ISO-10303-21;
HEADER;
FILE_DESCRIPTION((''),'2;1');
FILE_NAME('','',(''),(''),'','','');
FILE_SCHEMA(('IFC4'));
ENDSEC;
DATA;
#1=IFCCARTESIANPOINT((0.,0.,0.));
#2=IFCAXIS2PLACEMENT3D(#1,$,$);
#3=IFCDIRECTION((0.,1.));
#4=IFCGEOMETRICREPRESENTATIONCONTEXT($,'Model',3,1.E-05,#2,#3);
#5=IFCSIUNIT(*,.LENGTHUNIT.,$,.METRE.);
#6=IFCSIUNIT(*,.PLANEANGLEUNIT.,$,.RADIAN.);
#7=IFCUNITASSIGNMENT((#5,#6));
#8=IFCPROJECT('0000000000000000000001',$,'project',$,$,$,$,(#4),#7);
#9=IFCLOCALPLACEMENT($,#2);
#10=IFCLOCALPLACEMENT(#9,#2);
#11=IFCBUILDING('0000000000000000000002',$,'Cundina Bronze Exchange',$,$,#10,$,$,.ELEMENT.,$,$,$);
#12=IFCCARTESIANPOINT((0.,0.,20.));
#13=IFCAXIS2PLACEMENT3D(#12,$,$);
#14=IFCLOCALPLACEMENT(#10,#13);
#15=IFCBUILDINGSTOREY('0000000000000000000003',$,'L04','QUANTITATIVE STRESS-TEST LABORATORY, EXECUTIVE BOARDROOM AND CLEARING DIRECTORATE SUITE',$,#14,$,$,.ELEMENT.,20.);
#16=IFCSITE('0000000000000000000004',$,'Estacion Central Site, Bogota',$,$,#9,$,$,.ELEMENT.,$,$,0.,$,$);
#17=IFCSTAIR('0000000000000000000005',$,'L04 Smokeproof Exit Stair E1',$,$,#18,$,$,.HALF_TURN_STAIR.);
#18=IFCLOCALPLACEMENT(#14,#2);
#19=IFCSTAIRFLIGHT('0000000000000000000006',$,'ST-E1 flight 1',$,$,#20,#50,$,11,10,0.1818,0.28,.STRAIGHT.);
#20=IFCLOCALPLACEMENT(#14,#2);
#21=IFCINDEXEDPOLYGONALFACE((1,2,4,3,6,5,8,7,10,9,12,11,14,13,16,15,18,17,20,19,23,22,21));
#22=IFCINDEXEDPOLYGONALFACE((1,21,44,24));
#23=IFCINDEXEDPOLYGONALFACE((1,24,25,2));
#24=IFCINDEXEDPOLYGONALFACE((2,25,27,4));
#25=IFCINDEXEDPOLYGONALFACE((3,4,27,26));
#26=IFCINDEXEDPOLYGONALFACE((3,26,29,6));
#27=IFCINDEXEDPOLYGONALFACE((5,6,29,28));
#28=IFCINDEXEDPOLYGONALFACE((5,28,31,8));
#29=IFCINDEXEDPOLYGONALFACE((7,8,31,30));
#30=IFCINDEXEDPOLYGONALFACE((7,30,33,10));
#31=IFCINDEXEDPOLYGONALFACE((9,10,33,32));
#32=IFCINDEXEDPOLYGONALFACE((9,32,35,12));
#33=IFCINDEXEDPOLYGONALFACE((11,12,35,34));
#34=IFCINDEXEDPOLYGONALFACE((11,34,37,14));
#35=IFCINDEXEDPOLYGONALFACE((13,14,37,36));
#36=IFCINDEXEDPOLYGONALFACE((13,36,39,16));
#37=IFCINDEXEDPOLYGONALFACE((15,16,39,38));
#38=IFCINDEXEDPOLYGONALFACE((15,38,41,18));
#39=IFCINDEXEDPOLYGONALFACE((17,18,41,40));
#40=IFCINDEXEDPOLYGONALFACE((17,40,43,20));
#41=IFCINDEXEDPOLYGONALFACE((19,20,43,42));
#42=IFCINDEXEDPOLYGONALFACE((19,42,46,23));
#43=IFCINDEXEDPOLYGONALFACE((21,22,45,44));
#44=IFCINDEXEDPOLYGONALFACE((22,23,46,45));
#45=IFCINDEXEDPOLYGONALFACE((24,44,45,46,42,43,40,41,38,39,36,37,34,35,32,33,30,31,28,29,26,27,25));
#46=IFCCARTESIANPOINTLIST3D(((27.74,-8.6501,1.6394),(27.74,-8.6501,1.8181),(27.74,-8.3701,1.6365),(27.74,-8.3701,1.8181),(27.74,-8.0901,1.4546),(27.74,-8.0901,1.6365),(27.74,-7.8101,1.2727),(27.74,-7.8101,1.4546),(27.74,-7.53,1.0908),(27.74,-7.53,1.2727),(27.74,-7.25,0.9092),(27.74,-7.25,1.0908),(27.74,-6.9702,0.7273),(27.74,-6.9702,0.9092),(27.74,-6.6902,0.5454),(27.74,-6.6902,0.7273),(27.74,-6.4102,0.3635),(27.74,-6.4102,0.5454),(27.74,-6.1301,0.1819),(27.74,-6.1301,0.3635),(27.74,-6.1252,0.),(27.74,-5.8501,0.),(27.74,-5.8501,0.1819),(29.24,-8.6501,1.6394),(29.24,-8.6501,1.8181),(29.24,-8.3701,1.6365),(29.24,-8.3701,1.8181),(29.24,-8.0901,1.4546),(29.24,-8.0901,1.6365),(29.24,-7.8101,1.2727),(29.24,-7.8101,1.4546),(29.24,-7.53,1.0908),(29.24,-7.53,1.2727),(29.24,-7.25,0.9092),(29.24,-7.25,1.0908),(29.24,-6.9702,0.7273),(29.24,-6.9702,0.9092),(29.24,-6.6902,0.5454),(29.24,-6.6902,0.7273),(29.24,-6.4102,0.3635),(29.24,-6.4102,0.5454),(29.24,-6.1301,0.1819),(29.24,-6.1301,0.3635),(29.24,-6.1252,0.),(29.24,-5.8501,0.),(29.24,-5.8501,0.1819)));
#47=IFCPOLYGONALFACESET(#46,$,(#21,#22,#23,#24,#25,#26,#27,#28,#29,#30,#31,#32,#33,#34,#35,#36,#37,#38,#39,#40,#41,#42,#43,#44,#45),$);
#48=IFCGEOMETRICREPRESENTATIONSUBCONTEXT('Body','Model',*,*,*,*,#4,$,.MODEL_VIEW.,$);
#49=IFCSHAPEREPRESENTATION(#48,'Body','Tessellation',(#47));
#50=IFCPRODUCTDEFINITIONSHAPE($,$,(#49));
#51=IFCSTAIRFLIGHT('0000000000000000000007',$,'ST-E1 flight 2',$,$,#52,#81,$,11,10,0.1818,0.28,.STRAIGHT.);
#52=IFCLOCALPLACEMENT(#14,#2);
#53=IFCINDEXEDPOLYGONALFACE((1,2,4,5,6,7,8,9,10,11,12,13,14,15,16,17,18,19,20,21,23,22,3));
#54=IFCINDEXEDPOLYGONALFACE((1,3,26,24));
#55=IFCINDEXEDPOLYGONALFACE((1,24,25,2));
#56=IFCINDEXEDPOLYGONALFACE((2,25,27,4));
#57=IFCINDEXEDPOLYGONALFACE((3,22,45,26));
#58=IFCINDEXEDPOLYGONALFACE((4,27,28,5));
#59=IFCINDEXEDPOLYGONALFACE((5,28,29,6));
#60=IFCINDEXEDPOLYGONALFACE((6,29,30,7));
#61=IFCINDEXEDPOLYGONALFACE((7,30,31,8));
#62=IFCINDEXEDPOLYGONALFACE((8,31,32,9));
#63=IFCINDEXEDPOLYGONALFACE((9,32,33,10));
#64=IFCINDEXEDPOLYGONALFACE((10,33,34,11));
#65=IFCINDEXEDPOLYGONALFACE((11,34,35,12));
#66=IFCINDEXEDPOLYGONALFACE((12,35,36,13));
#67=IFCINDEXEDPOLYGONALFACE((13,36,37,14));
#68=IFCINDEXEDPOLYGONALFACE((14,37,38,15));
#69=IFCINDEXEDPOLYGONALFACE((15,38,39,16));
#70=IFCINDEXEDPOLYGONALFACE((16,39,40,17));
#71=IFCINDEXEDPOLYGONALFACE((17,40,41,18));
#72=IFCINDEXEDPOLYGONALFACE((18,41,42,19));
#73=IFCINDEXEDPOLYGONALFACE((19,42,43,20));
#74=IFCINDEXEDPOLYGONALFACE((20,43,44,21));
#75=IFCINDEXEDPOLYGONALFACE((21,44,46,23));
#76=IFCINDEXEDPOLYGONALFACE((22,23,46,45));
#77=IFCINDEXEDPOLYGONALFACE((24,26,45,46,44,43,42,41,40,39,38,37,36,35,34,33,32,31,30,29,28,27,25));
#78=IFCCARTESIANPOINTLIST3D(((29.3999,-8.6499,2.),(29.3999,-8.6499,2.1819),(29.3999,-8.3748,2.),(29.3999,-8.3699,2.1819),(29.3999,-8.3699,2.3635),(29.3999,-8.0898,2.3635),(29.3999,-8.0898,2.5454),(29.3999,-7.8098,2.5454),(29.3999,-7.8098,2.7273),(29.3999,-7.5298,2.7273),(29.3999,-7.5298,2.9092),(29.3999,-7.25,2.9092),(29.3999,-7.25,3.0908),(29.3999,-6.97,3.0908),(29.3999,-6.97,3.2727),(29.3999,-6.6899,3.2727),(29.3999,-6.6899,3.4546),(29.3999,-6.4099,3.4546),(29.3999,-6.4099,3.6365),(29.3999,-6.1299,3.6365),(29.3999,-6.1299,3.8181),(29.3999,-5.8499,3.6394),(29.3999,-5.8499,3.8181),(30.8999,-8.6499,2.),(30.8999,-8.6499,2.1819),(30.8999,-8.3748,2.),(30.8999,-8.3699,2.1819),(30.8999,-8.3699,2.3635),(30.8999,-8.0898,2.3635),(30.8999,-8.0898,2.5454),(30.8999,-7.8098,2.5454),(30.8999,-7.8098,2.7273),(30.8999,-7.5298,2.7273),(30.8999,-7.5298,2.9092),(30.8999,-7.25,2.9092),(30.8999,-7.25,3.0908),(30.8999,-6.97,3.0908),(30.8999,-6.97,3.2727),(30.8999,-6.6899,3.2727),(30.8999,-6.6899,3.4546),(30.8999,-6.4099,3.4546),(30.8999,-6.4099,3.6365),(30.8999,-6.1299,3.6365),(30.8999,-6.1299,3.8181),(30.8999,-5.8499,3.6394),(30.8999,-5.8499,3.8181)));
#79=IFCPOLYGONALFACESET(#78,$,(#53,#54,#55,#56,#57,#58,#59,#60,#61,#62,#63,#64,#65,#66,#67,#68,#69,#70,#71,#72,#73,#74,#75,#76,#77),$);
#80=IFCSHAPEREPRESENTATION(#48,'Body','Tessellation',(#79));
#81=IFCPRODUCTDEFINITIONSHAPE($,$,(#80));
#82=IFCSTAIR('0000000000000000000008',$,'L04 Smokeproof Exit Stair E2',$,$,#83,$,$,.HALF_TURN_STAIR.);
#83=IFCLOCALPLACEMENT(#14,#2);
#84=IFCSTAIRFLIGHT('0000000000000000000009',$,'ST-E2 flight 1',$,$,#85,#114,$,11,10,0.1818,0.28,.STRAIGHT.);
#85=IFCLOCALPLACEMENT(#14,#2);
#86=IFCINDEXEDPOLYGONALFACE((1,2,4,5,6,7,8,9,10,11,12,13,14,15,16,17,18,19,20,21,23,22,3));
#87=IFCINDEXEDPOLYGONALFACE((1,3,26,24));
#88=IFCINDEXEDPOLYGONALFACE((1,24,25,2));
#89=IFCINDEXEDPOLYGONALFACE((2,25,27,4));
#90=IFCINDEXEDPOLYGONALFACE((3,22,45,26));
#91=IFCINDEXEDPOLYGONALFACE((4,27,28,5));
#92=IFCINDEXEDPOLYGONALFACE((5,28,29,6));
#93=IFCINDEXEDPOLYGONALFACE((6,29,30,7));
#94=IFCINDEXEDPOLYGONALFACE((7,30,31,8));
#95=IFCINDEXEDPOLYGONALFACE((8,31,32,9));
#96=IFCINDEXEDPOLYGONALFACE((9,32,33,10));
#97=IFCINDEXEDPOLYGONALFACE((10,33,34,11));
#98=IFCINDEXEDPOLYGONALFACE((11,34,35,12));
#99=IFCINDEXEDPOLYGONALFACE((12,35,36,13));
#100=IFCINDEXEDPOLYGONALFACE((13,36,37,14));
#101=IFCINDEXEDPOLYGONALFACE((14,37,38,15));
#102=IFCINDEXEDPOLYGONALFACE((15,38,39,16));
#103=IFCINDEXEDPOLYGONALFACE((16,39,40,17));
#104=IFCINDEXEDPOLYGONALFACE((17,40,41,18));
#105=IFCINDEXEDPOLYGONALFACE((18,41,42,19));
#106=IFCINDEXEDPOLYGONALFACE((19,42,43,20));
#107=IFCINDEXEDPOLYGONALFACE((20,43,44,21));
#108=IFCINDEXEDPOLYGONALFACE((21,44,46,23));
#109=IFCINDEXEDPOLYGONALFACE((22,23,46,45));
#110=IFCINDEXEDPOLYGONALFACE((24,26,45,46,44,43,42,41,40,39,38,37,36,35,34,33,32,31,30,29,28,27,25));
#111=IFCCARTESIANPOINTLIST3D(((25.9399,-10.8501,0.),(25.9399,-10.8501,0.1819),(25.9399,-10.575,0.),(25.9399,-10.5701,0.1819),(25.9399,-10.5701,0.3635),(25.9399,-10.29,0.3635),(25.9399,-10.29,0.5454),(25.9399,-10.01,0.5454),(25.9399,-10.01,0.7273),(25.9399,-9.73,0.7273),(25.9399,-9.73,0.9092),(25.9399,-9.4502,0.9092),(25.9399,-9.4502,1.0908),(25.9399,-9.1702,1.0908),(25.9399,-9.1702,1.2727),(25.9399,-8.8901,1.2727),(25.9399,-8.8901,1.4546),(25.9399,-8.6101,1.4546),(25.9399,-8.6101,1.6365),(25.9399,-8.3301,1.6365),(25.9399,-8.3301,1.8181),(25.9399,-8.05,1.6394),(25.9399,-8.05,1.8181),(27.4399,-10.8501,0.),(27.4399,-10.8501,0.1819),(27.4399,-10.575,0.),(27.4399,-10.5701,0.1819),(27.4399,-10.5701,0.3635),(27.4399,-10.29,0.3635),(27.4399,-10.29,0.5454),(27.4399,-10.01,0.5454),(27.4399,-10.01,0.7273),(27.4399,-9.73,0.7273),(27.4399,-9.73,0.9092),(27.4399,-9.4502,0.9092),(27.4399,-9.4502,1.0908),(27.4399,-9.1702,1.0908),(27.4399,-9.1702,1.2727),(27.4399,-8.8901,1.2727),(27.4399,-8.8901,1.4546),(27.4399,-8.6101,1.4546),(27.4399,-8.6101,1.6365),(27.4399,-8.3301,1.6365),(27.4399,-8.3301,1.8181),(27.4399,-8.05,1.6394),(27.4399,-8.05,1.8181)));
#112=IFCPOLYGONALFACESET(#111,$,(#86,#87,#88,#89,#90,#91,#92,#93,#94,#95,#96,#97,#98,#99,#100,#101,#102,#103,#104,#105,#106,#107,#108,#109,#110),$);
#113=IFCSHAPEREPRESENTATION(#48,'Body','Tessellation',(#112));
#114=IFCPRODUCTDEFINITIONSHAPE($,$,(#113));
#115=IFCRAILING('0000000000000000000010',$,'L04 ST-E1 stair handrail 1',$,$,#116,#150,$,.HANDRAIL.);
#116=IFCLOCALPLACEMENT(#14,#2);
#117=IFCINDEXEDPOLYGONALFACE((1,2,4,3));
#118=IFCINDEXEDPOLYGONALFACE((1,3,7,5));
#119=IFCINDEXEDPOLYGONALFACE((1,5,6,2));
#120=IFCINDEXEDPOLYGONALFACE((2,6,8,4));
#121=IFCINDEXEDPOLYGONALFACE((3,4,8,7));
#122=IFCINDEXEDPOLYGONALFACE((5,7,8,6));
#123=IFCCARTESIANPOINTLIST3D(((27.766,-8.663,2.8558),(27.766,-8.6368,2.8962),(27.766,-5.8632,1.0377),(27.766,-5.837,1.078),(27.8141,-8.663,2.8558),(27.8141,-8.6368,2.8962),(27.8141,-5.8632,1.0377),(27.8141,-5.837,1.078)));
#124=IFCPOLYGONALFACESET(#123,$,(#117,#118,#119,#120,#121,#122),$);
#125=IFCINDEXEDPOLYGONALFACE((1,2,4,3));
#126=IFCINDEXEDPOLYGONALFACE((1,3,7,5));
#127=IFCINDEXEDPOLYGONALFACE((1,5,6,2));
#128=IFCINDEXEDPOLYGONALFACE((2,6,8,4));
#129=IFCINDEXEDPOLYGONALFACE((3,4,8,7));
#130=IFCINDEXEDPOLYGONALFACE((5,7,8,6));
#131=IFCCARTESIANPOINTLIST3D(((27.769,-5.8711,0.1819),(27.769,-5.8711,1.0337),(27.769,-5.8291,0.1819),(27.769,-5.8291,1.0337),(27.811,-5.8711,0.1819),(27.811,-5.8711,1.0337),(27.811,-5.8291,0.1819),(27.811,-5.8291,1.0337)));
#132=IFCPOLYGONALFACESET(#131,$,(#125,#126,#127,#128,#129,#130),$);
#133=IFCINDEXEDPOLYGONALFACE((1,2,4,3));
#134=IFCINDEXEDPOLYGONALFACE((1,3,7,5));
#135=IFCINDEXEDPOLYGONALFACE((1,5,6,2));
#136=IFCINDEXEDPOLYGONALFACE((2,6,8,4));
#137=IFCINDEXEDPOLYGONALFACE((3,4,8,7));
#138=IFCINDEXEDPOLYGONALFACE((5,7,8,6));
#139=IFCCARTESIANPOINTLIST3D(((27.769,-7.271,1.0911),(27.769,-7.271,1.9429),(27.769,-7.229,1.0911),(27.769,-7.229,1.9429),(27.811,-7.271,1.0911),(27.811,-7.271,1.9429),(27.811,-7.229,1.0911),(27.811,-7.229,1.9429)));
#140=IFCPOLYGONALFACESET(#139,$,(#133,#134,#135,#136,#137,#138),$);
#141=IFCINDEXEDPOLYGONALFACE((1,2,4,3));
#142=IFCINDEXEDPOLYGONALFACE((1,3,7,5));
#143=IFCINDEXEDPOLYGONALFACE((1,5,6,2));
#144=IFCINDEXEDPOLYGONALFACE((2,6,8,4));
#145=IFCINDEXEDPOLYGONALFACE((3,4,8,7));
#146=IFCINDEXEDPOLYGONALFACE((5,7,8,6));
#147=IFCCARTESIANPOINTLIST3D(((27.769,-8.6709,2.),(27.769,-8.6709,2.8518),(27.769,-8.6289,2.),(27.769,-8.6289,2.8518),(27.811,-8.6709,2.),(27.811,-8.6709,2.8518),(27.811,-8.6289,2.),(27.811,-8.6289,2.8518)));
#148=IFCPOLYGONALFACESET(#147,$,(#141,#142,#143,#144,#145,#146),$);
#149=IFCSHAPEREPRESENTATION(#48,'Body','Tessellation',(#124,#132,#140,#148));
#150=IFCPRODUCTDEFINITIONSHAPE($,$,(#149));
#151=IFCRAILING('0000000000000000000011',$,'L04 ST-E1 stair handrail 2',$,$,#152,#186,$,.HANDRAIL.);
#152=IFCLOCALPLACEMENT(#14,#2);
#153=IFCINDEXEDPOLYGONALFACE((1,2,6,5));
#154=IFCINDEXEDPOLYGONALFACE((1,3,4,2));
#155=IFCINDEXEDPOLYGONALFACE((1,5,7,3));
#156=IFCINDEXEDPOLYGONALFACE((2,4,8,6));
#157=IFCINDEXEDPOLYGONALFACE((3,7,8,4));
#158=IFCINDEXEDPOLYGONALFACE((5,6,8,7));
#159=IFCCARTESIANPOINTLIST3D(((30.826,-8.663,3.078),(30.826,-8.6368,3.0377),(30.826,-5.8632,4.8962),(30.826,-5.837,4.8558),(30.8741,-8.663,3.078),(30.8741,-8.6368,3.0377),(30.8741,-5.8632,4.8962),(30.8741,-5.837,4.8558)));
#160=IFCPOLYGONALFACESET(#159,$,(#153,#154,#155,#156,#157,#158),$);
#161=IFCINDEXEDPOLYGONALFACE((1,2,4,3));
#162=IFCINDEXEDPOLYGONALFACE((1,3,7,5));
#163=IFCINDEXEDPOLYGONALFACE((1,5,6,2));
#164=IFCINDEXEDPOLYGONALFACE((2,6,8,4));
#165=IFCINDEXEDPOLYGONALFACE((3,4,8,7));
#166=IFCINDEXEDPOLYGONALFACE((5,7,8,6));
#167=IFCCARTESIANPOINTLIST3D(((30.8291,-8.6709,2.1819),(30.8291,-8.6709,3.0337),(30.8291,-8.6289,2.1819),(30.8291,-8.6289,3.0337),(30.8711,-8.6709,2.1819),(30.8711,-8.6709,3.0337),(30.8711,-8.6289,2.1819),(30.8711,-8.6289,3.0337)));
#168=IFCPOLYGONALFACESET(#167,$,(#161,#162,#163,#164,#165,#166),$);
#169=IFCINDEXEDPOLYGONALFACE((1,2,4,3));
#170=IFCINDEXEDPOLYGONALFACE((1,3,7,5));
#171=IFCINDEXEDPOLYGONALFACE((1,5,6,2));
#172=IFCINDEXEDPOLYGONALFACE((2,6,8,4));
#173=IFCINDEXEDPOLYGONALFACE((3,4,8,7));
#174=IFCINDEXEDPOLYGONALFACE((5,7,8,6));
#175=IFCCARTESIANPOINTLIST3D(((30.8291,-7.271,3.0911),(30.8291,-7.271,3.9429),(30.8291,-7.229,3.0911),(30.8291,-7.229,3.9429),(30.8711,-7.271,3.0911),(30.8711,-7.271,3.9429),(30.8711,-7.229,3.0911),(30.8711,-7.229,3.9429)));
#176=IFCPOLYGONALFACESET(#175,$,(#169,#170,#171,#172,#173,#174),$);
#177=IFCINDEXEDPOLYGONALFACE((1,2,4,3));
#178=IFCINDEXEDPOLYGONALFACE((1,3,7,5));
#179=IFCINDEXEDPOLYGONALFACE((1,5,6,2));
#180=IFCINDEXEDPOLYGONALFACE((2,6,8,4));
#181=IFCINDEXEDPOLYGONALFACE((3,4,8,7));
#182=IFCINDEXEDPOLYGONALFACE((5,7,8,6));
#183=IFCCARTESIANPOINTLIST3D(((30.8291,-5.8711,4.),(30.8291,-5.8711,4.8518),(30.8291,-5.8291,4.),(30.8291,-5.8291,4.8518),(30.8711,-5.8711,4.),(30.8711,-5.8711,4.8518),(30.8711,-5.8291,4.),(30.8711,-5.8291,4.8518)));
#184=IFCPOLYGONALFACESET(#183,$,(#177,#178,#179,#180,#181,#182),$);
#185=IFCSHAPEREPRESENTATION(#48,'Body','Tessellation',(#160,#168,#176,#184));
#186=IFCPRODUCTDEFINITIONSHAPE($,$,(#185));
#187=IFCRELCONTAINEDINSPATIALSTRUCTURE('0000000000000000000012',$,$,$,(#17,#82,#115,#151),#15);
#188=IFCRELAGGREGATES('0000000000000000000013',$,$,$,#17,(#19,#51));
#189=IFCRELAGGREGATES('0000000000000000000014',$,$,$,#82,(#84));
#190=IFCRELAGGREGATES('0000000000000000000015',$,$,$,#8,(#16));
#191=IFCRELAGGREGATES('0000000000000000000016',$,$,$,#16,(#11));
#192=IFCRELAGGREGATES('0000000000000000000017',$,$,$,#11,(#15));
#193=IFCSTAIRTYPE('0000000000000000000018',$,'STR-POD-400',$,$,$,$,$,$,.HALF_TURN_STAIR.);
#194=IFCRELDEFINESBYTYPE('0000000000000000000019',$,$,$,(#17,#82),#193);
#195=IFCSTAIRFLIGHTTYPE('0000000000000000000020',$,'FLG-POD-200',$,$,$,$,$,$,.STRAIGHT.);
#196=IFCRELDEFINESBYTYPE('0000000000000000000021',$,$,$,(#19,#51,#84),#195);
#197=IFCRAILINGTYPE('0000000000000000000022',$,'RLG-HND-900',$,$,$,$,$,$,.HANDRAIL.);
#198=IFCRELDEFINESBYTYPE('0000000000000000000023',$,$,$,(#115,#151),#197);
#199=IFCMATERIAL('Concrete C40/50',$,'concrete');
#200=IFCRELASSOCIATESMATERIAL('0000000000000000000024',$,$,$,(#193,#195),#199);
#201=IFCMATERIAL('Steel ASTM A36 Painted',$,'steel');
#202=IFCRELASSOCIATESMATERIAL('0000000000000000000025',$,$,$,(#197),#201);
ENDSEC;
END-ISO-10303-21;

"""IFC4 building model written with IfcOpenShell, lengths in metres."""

from ifc_helpers import new_model, si_unit, direction, frame, origin, origin_2d, place, context, subcontext, project, spatial, polyline, rectangle, outline, extrude, material, type_object, element, aggregate, save


model = new_model("IFC4")

# Units and contexts
model_context = context("Model", 3, precision=1e-05, world=origin(), true_north=direction((0.0, 1.0)))
body_context = subcontext(model_context, "Body", "Model", "MODEL_VIEW")
ifc_project = project(units=[si_unit("LENGTHUNIT", "METRE"), si_unit("PLANEANGLEUNIT", "RADIAN")], contexts=[model_context])

# Site, building, storey
site_placement = place(None, origin())
site = spatial("IfcSite", under=ifc_project, at=site_placement, Name="Estacion Central Site, Bogota", CompositionType="ELEMENT", RefElevation=0.0)
building_placement = place(site_placement, origin())
building = spatial("IfcBuilding", under=site, at=building_placement, Name="Cundina Bronze Exchange", CompositionType="ELEMENT")
storey_placement = place(building_placement, frame((0.0, 0.0, 20.0)))
storey = spatial("IfcBuildingStorey", under=building, at=storey_placement, Name="L04", Description="QUANTITATIVE STRESS-TEST LABORATORY, EXECUTIVE BOARDROOM AND CLEARING DIRECTORATE SUITE", CompositionType="ELEMENT", Elevation=20.0)

# Shared definitions
ifc_material_1 = material(Name="Concrete C40/50", Category="concrete")

# Shared definitions
ifc_material_2 = material(Name="Steel ASTM A36 Painted", Category="steel")

# Stair, stair flights
stair_type = type_object("IfcStairType", Name="STR-POD-400", PredefinedType="HALF_TURN_STAIR", material=ifc_material_1)
stair_1_placement = place(storey_placement, origin())
stair_1 = element("IfcStair", 1, at=stair_1_placement, inside=storey, type_object=stair_type, Name="L04 Smokeproof Exit Stair E1", PredefinedType="HALF_TURN_STAIR")
stair_flight_type = type_object("IfcStairFlightType", Name="FLG-POD-200", PredefinedType="STRAIGHT", material=ifc_material_1)
stair_flight_1_placement = place(storey_placement, frame((28.49, -5.8501, 0.0), z_axis=(0.0, 0.0, 1.0), x_axis=(0.0, -1.0, 0.0)))
stair_flight_1 = element("IfcStairFlight", 2, at=stair_flight_1_placement, type_object=stair_flight_type, Name="ST-E1 flight 1", NumberOfRisers=11, NumberOfTreads=10, PredefinedType="STRAIGHT", RiserHeight=0.1818, TreadLength=0.28, context=body_context, shape_type="SweptSolid", body=[
    extrude(outline(polyline([(0.0, 0.0), (0.0, 0.1819), (0.28, 0.1819), (0.28, 0.3635), (0.5601, 0.3635), (0.5601, 0.5454), (0.8401, 0.5454), (0.8401, 0.7273), (1.1201, 0.7273), (1.1201, 0.9092), (1.3999, 0.9092), (1.3999, 1.0908), (1.6799, 1.0908), (1.6799, 1.2727), (1.96, 1.2727), (1.96, 1.4546), (2.24, 1.4546), (2.24, 1.6365), (2.52, 1.6365), (2.52, 1.8181), (2.8, 1.8181), (2.8, 2.0), (2.8, 1.6394), (0.2751, 0.0), (0.0, 0.0)])), frame((0.0, 0.75, 0.0), z_axis=(0.0, -1.0, 0.0), x_axis=(1.0, 0.0, 0.0)), (0.0, 0.0, 1.0), 1.5),
])
stair_flight_2_placement = place(storey_placement, frame((30.1499, -8.6499, 2.0), z_axis=(0.0, 0.0, 1.0), x_axis=(0.0, 1.0, 0.0)))
stair_flight_2 = element("IfcStairFlight", 3, at=stair_flight_2_placement, type_object=stair_flight_type, Name="ST-E1 flight 2", NumberOfRisers=11, NumberOfTreads=10, PredefinedType="STRAIGHT", RiserHeight=0.1818, TreadLength=0.28, context=body_context, shape_type="SweptSolid", body=[
    extrude(outline(polyline([(0.0, 0.0), (0.0, 0.1819), (0.28, 0.1819), (0.28, 0.3635), (0.5601, 0.3635), (0.5601, 0.5454), (0.8401, 0.5454), (0.8401, 0.7273), (1.1201, 0.7273), (1.1201, 0.9092), (1.3999, 0.9092), (1.3999, 1.0908), (1.6799, 1.0908), (1.6799, 1.2727), (1.96, 1.2727), (1.96, 1.4546), (2.24, 1.4546), (2.24, 1.6365), (2.52, 1.6365), (2.52, 1.8181), (2.8, 1.8181), (2.8, 2.0), (2.8, 1.6394), (0.2751, 0.0), (0.0, 0.0)])), frame((0.0, 0.75, 0.0), z_axis=(0.0, -1.0, 0.0), x_axis=(1.0, 0.0, 0.0)), (0.0, 0.0, 1.0), 1.5),
])
aggregate(stair_1, [stair_flight_1, stair_flight_2])

# Stair, stair flight
stair_2_placement = place(storey_placement, origin())
stair_2 = element("IfcStair", 4, at=stair_2_placement, inside=storey, type_object=stair_type, Name="L04 Smokeproof Exit Stair E2", PredefinedType="HALF_TURN_STAIR")
stair_flight_3_placement = place(storey_placement, frame((26.6899, -10.8501, 0.0), z_axis=(0.0, 0.0, 1.0), x_axis=(0.0, 1.0, 0.0)))
stair_flight_3 = element("IfcStairFlight", 5, at=stair_flight_3_placement, type_object=stair_flight_type, Name="ST-E2 flight 1", NumberOfRisers=11, NumberOfTreads=10, PredefinedType="STRAIGHT", RiserHeight=0.1818, TreadLength=0.28, context=body_context, shape_type="SweptSolid", body=[
    extrude(outline(polyline([(0.0, 0.0), (0.0, 0.1819), (0.28, 0.1819), (0.28, 0.3635), (0.5601, 0.3635), (0.5601, 0.5454), (0.8401, 0.5454), (0.8401, 0.7273), (1.1201, 0.7273), (1.1201, 0.9092), (1.3999, 0.9092), (1.3999, 1.0908), (1.6799, 1.0908), (1.6799, 1.2727), (1.96, 1.2727), (1.96, 1.4546), (2.24, 1.4546), (2.24, 1.6365), (2.52, 1.6365), (2.52, 1.8181), (2.8, 1.8181), (2.8, 2.0), (2.8, 1.6394), (0.2751, 0.0), (0.0, 0.0)])), frame((0.0, 0.75, 0.0), z_axis=(0.0, -1.0, 0.0), x_axis=(1.0, 0.0, 0.0)), (0.0, 0.0, 1.0), 1.5),
])
aggregate(stair_2, [stair_flight_3])

# Railings
railing_type_1 = type_object("IfcRailingType", Name="RLG-HND-900", PredefinedType="HANDRAIL", material=ifc_material_2)
railing_1_placement = place(storey_placement, frame((27.79, -5.8501, 0.1819)))
element("IfcRailing", 6, at=railing_1_placement, inside=storey, type_object=railing_type_1, Name="L04 ST-E1 stair handrail 1", PredefinedType="HANDRAIL", context=body_context, shape_type="SweptSolid", body=[
    extrude(rectangle(XDim=0.0481, YDim=0.0481, at=origin_2d()), frame((0.0, 0.0, 0.876), z_axis=(0.0, -0.838684, 0.544618), x_axis=(1.0, 0.0, 0.0)), (0.0, 0.0, 1.0), 3.3384),
    extrude(rectangle(XDim=0.042, YDim=0.042, at=origin_2d()), origin(), (0.0, 0.0, 1.0), 0.8518),
    extrude(rectangle(XDim=0.042, YDim=0.042, at=origin_2d()), frame((0.0, -1.3999, 0.9092)), (0.0, 0.0, 1.0), 0.8518),
    extrude(rectangle(XDim=0.042, YDim=0.042, at=origin_2d()), frame((0.0, -2.7998, 1.8181)), (0.0, 0.0, 1.0), 0.8518),
])
railing_2_placement = place(storey_placement, frame((30.8501, -8.6499, 2.1819)))
element("IfcRailing", 7, at=railing_2_placement, inside=storey, type_object=railing_type_1, Name="L04 ST-E1 stair handrail 2", PredefinedType="HANDRAIL", context=body_context, shape_type="SweptSolid", body=[
    extrude(rectangle(XDim=0.0481, YDim=0.0481, at=origin_2d()), frame((0.0, 0.0, 0.876), z_axis=(0.0, 0.838684, 0.544618), x_axis=(-1.0, 0.0, 0.0)), (0.0, 0.0, 1.0), 3.3384),
    extrude(rectangle(XDim=0.042, YDim=0.042, at=origin_2d()), origin(), (0.0, 0.0, 1.0), 0.8518),
    extrude(rectangle(XDim=0.042, YDim=0.042, at=origin_2d()), frame((0.0, 1.3999, 0.9092)), (0.0, 0.0, 1.0), 0.8518),
    extrude(rectangle(XDim=0.042, YDim=0.042, at=origin_2d()), frame((0.0, 2.7998, 1.8181)), (0.0, 0.0, 1.0), 0.8518),
])

save(model, "model.ifc")
